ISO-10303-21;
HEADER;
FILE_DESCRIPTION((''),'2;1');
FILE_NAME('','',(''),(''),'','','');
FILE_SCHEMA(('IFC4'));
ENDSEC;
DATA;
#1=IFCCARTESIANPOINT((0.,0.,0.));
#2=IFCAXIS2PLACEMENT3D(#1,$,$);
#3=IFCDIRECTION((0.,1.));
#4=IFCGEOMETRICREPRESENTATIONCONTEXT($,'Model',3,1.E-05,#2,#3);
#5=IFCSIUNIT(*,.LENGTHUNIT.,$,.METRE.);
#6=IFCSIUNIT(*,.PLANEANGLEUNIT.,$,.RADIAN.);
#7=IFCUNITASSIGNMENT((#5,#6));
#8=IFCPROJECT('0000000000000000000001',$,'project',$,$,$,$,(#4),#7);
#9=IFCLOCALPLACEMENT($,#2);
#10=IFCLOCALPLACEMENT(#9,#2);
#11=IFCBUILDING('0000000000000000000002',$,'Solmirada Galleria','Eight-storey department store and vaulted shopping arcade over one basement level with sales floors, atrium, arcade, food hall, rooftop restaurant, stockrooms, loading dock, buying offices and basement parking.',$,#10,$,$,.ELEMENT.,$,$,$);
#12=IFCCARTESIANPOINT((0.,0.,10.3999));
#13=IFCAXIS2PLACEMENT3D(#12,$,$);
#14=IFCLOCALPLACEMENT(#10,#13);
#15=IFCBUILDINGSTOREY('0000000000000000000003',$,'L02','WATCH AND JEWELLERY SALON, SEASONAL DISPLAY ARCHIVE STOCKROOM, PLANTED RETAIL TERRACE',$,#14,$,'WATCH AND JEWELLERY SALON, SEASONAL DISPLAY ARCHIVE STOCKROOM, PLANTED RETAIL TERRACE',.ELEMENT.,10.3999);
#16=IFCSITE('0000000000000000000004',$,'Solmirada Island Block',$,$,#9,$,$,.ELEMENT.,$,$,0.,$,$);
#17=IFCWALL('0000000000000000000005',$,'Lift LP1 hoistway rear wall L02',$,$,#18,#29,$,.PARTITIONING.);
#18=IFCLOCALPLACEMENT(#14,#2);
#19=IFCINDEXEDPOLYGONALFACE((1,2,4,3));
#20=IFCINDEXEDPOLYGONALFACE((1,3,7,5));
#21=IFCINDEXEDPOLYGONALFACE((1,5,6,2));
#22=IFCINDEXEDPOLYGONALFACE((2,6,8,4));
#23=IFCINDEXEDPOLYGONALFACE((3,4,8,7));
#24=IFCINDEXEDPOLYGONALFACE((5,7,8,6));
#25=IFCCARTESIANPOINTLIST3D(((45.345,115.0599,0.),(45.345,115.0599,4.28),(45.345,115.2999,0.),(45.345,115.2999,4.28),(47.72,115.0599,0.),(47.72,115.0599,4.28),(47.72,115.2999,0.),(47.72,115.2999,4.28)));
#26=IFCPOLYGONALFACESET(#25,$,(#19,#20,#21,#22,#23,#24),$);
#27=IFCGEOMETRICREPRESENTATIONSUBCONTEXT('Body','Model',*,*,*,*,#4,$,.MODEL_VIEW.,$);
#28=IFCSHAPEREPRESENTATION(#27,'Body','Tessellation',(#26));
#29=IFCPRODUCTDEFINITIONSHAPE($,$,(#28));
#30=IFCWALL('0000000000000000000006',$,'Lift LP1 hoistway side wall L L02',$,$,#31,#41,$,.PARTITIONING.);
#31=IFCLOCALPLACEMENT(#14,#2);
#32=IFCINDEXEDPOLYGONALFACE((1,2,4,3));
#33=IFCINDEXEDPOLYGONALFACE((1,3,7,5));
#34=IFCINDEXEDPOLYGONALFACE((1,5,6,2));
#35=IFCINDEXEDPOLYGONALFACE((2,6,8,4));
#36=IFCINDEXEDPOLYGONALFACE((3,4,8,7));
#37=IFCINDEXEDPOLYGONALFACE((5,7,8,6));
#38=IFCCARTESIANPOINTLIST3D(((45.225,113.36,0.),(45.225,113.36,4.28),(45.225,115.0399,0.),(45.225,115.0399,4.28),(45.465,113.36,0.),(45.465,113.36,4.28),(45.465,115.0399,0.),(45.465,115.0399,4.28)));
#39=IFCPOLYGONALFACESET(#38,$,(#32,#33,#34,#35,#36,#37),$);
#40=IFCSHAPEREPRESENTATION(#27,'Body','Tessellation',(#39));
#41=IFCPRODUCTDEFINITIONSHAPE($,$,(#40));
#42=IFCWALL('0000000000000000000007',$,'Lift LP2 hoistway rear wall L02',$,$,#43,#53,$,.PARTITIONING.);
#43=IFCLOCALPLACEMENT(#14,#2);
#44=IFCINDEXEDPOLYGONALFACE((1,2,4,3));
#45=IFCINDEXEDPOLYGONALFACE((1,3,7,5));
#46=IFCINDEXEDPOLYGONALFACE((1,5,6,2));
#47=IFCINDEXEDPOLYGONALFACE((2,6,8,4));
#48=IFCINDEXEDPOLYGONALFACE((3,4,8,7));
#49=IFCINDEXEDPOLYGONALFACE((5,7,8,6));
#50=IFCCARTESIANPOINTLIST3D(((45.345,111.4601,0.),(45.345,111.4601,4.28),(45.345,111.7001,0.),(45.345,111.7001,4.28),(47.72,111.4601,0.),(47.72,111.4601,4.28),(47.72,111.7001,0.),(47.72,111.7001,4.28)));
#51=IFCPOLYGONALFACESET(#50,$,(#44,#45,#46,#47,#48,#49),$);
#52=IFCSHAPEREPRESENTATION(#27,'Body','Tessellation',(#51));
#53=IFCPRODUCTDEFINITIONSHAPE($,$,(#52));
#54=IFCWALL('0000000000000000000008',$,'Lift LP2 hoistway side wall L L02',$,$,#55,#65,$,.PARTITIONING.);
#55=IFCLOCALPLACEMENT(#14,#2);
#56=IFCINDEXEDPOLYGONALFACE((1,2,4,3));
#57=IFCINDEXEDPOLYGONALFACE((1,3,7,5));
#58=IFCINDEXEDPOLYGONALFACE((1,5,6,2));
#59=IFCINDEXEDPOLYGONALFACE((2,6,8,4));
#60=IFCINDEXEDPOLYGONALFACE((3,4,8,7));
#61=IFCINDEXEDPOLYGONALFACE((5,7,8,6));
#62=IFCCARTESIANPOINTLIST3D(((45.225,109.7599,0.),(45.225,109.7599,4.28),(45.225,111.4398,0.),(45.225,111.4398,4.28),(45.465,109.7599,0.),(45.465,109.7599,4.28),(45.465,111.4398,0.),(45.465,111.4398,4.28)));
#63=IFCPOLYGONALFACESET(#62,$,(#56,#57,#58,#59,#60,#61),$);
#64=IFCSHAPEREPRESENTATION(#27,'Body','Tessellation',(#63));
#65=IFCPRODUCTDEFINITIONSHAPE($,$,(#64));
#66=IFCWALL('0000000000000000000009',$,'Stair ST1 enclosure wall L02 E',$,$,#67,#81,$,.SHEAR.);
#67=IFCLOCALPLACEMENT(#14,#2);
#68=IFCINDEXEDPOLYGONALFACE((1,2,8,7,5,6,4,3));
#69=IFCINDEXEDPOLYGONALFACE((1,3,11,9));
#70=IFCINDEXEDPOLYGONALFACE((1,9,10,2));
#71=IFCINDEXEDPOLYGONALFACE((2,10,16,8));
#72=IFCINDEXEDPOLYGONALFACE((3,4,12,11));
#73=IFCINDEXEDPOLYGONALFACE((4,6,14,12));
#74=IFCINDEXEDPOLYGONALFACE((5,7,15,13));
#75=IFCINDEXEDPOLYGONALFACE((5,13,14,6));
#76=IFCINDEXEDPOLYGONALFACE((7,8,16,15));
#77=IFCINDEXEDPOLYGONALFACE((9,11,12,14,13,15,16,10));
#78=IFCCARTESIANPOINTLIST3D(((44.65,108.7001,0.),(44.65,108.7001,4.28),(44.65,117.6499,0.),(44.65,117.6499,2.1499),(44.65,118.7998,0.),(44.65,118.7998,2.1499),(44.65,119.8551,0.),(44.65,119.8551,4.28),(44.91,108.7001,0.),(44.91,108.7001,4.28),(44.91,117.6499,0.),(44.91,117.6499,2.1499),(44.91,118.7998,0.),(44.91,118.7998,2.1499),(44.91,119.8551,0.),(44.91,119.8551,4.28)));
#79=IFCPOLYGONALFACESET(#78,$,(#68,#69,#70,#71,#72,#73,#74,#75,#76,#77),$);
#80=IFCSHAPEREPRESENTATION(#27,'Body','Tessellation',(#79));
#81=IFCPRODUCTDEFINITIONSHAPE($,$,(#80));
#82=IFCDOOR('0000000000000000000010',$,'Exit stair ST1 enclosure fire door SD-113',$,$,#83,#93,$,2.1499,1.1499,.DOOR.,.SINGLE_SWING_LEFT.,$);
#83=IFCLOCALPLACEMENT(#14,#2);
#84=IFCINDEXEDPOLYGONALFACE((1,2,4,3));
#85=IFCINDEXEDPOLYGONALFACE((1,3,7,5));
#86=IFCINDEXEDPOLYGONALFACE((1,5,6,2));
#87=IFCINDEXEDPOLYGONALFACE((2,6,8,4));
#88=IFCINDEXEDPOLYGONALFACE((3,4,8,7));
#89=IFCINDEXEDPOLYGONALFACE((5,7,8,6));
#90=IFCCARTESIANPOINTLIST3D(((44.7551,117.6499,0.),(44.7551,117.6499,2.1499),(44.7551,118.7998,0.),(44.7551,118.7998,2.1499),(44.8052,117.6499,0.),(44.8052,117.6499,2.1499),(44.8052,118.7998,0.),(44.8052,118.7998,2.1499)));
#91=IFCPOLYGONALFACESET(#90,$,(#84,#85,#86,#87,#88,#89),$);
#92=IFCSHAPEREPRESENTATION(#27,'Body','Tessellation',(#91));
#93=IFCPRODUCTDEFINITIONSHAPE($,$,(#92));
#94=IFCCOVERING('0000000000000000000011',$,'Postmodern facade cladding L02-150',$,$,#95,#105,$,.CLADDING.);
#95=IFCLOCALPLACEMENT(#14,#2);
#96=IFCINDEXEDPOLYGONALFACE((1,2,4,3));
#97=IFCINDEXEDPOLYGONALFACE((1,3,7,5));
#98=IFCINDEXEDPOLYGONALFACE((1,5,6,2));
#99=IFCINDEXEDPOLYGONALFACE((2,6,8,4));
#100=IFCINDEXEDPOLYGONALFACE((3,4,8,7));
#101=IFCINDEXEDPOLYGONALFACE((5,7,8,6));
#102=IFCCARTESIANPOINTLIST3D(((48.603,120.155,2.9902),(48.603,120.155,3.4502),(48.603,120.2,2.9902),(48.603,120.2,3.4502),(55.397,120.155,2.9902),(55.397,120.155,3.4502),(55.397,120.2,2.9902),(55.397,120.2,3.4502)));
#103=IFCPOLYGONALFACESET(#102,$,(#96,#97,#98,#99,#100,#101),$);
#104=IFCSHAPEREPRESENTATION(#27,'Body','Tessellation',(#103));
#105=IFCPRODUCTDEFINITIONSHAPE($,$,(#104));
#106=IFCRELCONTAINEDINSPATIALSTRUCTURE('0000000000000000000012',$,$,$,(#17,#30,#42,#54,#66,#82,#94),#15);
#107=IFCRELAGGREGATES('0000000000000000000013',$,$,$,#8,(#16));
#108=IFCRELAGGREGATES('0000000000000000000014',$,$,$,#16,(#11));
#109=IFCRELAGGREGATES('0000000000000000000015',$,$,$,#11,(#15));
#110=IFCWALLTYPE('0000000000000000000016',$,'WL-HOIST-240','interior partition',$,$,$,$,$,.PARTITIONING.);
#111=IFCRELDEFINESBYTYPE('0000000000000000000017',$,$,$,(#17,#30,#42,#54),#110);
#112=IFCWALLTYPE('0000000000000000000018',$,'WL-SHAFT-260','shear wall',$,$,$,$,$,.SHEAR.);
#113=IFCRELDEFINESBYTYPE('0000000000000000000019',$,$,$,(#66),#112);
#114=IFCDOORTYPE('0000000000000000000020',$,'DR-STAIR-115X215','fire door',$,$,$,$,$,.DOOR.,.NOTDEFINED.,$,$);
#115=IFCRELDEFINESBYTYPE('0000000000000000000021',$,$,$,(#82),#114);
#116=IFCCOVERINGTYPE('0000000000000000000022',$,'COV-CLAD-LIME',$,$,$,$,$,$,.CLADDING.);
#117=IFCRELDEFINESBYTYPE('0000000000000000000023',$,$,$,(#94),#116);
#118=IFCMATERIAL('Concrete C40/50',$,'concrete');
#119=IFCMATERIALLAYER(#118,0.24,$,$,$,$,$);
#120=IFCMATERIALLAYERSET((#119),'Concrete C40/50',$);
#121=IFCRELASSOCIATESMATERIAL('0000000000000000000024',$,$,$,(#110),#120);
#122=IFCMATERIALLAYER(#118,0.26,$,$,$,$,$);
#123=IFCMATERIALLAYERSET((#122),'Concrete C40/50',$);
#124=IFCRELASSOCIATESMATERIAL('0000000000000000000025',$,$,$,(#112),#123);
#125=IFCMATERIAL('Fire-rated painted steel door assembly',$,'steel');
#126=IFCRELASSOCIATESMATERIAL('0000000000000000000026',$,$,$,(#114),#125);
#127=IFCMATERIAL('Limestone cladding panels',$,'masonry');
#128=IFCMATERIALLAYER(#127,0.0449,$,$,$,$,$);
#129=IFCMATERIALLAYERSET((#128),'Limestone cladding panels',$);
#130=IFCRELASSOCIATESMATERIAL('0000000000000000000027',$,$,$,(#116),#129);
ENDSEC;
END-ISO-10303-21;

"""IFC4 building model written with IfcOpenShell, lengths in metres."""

from ifc_helpers import new_model, si_unit, direction, frame, frame_2d, origin, origin_2d, place, context, subcontext, project, spatial, rectangle, extrude, material, layer, layer_set, type_object, element, fill, save


model = new_model("IFC4")

# Units and contexts
model_context = context("Model", 3, precision=1e-05, world=origin(), true_north=direction((0.0, 1.0)))
body_context = subcontext(model_context, "Body", "Model", "MODEL_VIEW")
ifc_project = project(units=[si_unit("LENGTHUNIT", "METRE"), si_unit("PLANEANGLEUNIT", "RADIAN")], contexts=[model_context])

# Site, building, storey
site_placement = place(None, origin())
site = spatial("IfcSite", under=ifc_project, at=site_placement, Name="Solmirada Island Block", CompositionType="ELEMENT", RefElevation=0.0)
building_placement = place(site_placement, origin())
building = spatial("IfcBuilding", under=site, at=building_placement, Name="Solmirada Galleria", Description="Eight-storey department store and vaulted shopping arcade over one basement level with sales floors, atrium, arcade, food hall, rooftop restaurant, stockrooms, loading dock, buying offices and basement parking.", CompositionType="ELEMENT")
storey_placement = place(building_placement, frame((0.0, 0.0, 10.3999)))
storey = spatial("IfcBuildingStorey", under=building, at=storey_placement, Name="L02", Description="WATCH AND JEWELLERY SALON, SEASONAL DISPLAY ARCHIVE STOCKROOM, PLANTED RETAIL TERRACE", LongName="WATCH AND JEWELLERY SALON, SEASONAL DISPLAY ARCHIVE STOCKROOM, PLANTED RETAIL TERRACE", CompositionType="ELEMENT", Elevation=10.3999)

# Shared definitions
ifc_material_1 = material(Name="Concrete C40/50", Category="concrete")

# Shared definitions
ifc_material_2 = material(Name="Fire-rated painted steel door assembly", Category="steel")

# Shared definitions
ifc_layer_1 = layer(ifc_material_1, 0.24)
ifc_layer_set_1 = layer_set([ifc_layer_1], Name="Concrete C40/50")
wall_type_1 = type_object("IfcWallType", Name="WL-HOIST-240", Description="interior partition", PredefinedType="PARTITIONING", material=ifc_layer_set_1)

# Walls
wall_1_placement = place(storey_placement, frame((45.345, 115.1799, 0.0), z_axis=(0.0, 0.0, 1.0), x_axis=(1.0, 0.0, 0.0)))
element("IfcWall", 1, at=wall_1_placement, inside=storey, type_object=wall_type_1, Name="Lift LP1 hoistway rear wall L02", PredefinedType="PARTITIONING", context=body_context, shape_type="SweptSolid", body=[
    extrude(rectangle(XDim=2.375, YDim=0.24, at=frame_2d((1.1875, 0.0))), origin(), (0.0, 0.0, 1.0), 4.28),
])
wall_2_placement = place(storey_placement, frame((45.345, 113.3601, 0.0), z_axis=(0.0, 0.0, 1.0), x_axis=(0.0, 1.0, 0.0)))
element("IfcWall", 2, at=wall_2_placement, inside=storey, type_object=wall_type_1, Name="Lift LP1 hoistway side wall L L02", PredefinedType="PARTITIONING", context=body_context, shape_type="SweptSolid", body=[
    extrude(rectangle(XDim=1.6799, YDim=0.24, at=frame_2d((0.8398, 0.0))), origin(), (0.0, 0.0, 1.0), 4.28),
])

# Walls
wall_3_placement = place(storey_placement, frame((45.345, 111.5801, 0.0), z_axis=(0.0, 0.0, 1.0), x_axis=(1.0, 0.0, 0.0)))
element("IfcWall", 3, at=wall_3_placement, inside=storey, type_object=wall_type_1, Name="Lift LP2 hoistway rear wall L02", PredefinedType="PARTITIONING", context=body_context, shape_type="SweptSolid", body=[
    extrude(rectangle(XDim=2.375, YDim=0.24, at=frame_2d((1.1875, 0.0))), origin(), (0.0, 0.0, 1.0), 4.28),
])
wall_4_placement = place(storey_placement, frame((45.345, 109.76, 0.0), z_axis=(0.0, 0.0, 1.0), x_axis=(0.0, 1.0, 0.0)))
element("IfcWall", 4, at=wall_4_placement, inside=storey, type_object=wall_type_1, Name="Lift LP2 hoistway side wall L L02", PredefinedType="PARTITIONING", context=body_context, shape_type="SweptSolid", body=[
    extrude(rectangle(XDim=1.6799, YDim=0.24, at=frame_2d((0.8398, 0.0))), origin(), (0.0, 0.0, 1.0), 4.28),
])

# Wall, opening, door
ifc_layer_2 = layer(ifc_material_1, 0.26)
ifc_layer_set_2 = layer_set([ifc_layer_2], Name="Concrete C40/50")
wall_type_2 = type_object("IfcWallType", Name="WL-SHAFT-260", Description="shear wall", PredefinedType="SHEAR", material=ifc_layer_set_2)
wall_5_placement = place(storey_placement, frame((44.78, 108.7, 0.0), z_axis=(0.0, 0.0, 1.0), x_axis=(0.0, 1.0, 0.0)))
wall_5 = element("IfcWall", 5, at=wall_5_placement, inside=storey, type_object=wall_type_2, Name="Stair ST1 enclosure wall L02 E", PredefinedType="SHEAR", context=body_context, shape_type="SweptSolid", body=[
    extrude(rectangle(XDim=11.155, YDim=0.26, at=frame_2d((5.5776, 0.0))), origin(), (0.0, 0.0, 1.0), 4.28),
])
opening_1_placement = place(wall_5_placement, frame((8.95, 0.0, 0.0)))
opening_1 = element("IfcOpeningElement", 6, at=opening_1_placement, cuts=wall_5, PredefinedType="OPENING", context=body_context, shape_type="SweptSolid", body=[
    extrude(rectangle(XDim=1.1499, YDim=2.1499, at=frame_2d((0.575, 1.075))), frame((0.0, 0.1399, 0.0), z_axis=(0.0, -1.0, 0.0), x_axis=(1.0, 0.0, 0.0)), (0.0, 0.0, 1.0), 0.28),
])
door_type_1 = type_object("IfcDoorType", Name="DR-STAIR-115X215", Description="fire door", OperationType="NOTDEFINED", PredefinedType="DOOR", material=ifc_material_2)
door_1_placement = place(opening_1_placement, origin())
door_1 = element("IfcDoor", 7, at=door_1_placement, inside=storey, type_object=door_type_1, Name="Exit stair ST1 enclosure fire door SD-113", OperationType="SINGLE_SWING_LEFT", OverallHeight=2.1499, OverallWidth=1.1499, PredefinedType="DOOR", context=body_context, shape_type="SweptSolid", body=[
    extrude(rectangle(XDim=1.1499, YDim=2.1499, at=frame_2d((0.575, 1.075))), frame((0.0, 0.0249, 0.0), z_axis=(0.0, -1.0, 0.0), x_axis=(1.0, 0.0, 0.0)), (0.0, 0.0, 1.0), 0.05),
])
fill(opening_1, door_1)

# Covering
ifc_material_3 = material(Name="Limestone cladding panels", Category="masonry")
ifc_layer_3 = layer(ifc_material_3, 0.0449)
ifc_layer_set_3 = layer_set([ifc_layer_3], Name="Limestone cladding panels")
covering_type = type_object("IfcCoveringType", Name="COV-CLAD-LIME", PredefinedType="CLADDING", material=ifc_layer_set_3)
covering_placement = place(storey_placement, frame((52.0, 120.1775, 2.9902), z_axis=(0.0, 0.0, 1.0), x_axis=(1.0, 0.0, 0.0)))
element("IfcCovering", 8, at=covering_placement, inside=storey, type_object=covering_type, Name="Postmodern facade cladding L02-150", PredefinedType="CLADDING", context=body_context, shape_type="SweptSolid", body=[
    extrude(rectangle(XDim=6.7939, YDim=0.0449, at=origin_2d()), origin(), (0.0, 0.0, 1.0), 0.46),
])

save(model, "model.ifc")
